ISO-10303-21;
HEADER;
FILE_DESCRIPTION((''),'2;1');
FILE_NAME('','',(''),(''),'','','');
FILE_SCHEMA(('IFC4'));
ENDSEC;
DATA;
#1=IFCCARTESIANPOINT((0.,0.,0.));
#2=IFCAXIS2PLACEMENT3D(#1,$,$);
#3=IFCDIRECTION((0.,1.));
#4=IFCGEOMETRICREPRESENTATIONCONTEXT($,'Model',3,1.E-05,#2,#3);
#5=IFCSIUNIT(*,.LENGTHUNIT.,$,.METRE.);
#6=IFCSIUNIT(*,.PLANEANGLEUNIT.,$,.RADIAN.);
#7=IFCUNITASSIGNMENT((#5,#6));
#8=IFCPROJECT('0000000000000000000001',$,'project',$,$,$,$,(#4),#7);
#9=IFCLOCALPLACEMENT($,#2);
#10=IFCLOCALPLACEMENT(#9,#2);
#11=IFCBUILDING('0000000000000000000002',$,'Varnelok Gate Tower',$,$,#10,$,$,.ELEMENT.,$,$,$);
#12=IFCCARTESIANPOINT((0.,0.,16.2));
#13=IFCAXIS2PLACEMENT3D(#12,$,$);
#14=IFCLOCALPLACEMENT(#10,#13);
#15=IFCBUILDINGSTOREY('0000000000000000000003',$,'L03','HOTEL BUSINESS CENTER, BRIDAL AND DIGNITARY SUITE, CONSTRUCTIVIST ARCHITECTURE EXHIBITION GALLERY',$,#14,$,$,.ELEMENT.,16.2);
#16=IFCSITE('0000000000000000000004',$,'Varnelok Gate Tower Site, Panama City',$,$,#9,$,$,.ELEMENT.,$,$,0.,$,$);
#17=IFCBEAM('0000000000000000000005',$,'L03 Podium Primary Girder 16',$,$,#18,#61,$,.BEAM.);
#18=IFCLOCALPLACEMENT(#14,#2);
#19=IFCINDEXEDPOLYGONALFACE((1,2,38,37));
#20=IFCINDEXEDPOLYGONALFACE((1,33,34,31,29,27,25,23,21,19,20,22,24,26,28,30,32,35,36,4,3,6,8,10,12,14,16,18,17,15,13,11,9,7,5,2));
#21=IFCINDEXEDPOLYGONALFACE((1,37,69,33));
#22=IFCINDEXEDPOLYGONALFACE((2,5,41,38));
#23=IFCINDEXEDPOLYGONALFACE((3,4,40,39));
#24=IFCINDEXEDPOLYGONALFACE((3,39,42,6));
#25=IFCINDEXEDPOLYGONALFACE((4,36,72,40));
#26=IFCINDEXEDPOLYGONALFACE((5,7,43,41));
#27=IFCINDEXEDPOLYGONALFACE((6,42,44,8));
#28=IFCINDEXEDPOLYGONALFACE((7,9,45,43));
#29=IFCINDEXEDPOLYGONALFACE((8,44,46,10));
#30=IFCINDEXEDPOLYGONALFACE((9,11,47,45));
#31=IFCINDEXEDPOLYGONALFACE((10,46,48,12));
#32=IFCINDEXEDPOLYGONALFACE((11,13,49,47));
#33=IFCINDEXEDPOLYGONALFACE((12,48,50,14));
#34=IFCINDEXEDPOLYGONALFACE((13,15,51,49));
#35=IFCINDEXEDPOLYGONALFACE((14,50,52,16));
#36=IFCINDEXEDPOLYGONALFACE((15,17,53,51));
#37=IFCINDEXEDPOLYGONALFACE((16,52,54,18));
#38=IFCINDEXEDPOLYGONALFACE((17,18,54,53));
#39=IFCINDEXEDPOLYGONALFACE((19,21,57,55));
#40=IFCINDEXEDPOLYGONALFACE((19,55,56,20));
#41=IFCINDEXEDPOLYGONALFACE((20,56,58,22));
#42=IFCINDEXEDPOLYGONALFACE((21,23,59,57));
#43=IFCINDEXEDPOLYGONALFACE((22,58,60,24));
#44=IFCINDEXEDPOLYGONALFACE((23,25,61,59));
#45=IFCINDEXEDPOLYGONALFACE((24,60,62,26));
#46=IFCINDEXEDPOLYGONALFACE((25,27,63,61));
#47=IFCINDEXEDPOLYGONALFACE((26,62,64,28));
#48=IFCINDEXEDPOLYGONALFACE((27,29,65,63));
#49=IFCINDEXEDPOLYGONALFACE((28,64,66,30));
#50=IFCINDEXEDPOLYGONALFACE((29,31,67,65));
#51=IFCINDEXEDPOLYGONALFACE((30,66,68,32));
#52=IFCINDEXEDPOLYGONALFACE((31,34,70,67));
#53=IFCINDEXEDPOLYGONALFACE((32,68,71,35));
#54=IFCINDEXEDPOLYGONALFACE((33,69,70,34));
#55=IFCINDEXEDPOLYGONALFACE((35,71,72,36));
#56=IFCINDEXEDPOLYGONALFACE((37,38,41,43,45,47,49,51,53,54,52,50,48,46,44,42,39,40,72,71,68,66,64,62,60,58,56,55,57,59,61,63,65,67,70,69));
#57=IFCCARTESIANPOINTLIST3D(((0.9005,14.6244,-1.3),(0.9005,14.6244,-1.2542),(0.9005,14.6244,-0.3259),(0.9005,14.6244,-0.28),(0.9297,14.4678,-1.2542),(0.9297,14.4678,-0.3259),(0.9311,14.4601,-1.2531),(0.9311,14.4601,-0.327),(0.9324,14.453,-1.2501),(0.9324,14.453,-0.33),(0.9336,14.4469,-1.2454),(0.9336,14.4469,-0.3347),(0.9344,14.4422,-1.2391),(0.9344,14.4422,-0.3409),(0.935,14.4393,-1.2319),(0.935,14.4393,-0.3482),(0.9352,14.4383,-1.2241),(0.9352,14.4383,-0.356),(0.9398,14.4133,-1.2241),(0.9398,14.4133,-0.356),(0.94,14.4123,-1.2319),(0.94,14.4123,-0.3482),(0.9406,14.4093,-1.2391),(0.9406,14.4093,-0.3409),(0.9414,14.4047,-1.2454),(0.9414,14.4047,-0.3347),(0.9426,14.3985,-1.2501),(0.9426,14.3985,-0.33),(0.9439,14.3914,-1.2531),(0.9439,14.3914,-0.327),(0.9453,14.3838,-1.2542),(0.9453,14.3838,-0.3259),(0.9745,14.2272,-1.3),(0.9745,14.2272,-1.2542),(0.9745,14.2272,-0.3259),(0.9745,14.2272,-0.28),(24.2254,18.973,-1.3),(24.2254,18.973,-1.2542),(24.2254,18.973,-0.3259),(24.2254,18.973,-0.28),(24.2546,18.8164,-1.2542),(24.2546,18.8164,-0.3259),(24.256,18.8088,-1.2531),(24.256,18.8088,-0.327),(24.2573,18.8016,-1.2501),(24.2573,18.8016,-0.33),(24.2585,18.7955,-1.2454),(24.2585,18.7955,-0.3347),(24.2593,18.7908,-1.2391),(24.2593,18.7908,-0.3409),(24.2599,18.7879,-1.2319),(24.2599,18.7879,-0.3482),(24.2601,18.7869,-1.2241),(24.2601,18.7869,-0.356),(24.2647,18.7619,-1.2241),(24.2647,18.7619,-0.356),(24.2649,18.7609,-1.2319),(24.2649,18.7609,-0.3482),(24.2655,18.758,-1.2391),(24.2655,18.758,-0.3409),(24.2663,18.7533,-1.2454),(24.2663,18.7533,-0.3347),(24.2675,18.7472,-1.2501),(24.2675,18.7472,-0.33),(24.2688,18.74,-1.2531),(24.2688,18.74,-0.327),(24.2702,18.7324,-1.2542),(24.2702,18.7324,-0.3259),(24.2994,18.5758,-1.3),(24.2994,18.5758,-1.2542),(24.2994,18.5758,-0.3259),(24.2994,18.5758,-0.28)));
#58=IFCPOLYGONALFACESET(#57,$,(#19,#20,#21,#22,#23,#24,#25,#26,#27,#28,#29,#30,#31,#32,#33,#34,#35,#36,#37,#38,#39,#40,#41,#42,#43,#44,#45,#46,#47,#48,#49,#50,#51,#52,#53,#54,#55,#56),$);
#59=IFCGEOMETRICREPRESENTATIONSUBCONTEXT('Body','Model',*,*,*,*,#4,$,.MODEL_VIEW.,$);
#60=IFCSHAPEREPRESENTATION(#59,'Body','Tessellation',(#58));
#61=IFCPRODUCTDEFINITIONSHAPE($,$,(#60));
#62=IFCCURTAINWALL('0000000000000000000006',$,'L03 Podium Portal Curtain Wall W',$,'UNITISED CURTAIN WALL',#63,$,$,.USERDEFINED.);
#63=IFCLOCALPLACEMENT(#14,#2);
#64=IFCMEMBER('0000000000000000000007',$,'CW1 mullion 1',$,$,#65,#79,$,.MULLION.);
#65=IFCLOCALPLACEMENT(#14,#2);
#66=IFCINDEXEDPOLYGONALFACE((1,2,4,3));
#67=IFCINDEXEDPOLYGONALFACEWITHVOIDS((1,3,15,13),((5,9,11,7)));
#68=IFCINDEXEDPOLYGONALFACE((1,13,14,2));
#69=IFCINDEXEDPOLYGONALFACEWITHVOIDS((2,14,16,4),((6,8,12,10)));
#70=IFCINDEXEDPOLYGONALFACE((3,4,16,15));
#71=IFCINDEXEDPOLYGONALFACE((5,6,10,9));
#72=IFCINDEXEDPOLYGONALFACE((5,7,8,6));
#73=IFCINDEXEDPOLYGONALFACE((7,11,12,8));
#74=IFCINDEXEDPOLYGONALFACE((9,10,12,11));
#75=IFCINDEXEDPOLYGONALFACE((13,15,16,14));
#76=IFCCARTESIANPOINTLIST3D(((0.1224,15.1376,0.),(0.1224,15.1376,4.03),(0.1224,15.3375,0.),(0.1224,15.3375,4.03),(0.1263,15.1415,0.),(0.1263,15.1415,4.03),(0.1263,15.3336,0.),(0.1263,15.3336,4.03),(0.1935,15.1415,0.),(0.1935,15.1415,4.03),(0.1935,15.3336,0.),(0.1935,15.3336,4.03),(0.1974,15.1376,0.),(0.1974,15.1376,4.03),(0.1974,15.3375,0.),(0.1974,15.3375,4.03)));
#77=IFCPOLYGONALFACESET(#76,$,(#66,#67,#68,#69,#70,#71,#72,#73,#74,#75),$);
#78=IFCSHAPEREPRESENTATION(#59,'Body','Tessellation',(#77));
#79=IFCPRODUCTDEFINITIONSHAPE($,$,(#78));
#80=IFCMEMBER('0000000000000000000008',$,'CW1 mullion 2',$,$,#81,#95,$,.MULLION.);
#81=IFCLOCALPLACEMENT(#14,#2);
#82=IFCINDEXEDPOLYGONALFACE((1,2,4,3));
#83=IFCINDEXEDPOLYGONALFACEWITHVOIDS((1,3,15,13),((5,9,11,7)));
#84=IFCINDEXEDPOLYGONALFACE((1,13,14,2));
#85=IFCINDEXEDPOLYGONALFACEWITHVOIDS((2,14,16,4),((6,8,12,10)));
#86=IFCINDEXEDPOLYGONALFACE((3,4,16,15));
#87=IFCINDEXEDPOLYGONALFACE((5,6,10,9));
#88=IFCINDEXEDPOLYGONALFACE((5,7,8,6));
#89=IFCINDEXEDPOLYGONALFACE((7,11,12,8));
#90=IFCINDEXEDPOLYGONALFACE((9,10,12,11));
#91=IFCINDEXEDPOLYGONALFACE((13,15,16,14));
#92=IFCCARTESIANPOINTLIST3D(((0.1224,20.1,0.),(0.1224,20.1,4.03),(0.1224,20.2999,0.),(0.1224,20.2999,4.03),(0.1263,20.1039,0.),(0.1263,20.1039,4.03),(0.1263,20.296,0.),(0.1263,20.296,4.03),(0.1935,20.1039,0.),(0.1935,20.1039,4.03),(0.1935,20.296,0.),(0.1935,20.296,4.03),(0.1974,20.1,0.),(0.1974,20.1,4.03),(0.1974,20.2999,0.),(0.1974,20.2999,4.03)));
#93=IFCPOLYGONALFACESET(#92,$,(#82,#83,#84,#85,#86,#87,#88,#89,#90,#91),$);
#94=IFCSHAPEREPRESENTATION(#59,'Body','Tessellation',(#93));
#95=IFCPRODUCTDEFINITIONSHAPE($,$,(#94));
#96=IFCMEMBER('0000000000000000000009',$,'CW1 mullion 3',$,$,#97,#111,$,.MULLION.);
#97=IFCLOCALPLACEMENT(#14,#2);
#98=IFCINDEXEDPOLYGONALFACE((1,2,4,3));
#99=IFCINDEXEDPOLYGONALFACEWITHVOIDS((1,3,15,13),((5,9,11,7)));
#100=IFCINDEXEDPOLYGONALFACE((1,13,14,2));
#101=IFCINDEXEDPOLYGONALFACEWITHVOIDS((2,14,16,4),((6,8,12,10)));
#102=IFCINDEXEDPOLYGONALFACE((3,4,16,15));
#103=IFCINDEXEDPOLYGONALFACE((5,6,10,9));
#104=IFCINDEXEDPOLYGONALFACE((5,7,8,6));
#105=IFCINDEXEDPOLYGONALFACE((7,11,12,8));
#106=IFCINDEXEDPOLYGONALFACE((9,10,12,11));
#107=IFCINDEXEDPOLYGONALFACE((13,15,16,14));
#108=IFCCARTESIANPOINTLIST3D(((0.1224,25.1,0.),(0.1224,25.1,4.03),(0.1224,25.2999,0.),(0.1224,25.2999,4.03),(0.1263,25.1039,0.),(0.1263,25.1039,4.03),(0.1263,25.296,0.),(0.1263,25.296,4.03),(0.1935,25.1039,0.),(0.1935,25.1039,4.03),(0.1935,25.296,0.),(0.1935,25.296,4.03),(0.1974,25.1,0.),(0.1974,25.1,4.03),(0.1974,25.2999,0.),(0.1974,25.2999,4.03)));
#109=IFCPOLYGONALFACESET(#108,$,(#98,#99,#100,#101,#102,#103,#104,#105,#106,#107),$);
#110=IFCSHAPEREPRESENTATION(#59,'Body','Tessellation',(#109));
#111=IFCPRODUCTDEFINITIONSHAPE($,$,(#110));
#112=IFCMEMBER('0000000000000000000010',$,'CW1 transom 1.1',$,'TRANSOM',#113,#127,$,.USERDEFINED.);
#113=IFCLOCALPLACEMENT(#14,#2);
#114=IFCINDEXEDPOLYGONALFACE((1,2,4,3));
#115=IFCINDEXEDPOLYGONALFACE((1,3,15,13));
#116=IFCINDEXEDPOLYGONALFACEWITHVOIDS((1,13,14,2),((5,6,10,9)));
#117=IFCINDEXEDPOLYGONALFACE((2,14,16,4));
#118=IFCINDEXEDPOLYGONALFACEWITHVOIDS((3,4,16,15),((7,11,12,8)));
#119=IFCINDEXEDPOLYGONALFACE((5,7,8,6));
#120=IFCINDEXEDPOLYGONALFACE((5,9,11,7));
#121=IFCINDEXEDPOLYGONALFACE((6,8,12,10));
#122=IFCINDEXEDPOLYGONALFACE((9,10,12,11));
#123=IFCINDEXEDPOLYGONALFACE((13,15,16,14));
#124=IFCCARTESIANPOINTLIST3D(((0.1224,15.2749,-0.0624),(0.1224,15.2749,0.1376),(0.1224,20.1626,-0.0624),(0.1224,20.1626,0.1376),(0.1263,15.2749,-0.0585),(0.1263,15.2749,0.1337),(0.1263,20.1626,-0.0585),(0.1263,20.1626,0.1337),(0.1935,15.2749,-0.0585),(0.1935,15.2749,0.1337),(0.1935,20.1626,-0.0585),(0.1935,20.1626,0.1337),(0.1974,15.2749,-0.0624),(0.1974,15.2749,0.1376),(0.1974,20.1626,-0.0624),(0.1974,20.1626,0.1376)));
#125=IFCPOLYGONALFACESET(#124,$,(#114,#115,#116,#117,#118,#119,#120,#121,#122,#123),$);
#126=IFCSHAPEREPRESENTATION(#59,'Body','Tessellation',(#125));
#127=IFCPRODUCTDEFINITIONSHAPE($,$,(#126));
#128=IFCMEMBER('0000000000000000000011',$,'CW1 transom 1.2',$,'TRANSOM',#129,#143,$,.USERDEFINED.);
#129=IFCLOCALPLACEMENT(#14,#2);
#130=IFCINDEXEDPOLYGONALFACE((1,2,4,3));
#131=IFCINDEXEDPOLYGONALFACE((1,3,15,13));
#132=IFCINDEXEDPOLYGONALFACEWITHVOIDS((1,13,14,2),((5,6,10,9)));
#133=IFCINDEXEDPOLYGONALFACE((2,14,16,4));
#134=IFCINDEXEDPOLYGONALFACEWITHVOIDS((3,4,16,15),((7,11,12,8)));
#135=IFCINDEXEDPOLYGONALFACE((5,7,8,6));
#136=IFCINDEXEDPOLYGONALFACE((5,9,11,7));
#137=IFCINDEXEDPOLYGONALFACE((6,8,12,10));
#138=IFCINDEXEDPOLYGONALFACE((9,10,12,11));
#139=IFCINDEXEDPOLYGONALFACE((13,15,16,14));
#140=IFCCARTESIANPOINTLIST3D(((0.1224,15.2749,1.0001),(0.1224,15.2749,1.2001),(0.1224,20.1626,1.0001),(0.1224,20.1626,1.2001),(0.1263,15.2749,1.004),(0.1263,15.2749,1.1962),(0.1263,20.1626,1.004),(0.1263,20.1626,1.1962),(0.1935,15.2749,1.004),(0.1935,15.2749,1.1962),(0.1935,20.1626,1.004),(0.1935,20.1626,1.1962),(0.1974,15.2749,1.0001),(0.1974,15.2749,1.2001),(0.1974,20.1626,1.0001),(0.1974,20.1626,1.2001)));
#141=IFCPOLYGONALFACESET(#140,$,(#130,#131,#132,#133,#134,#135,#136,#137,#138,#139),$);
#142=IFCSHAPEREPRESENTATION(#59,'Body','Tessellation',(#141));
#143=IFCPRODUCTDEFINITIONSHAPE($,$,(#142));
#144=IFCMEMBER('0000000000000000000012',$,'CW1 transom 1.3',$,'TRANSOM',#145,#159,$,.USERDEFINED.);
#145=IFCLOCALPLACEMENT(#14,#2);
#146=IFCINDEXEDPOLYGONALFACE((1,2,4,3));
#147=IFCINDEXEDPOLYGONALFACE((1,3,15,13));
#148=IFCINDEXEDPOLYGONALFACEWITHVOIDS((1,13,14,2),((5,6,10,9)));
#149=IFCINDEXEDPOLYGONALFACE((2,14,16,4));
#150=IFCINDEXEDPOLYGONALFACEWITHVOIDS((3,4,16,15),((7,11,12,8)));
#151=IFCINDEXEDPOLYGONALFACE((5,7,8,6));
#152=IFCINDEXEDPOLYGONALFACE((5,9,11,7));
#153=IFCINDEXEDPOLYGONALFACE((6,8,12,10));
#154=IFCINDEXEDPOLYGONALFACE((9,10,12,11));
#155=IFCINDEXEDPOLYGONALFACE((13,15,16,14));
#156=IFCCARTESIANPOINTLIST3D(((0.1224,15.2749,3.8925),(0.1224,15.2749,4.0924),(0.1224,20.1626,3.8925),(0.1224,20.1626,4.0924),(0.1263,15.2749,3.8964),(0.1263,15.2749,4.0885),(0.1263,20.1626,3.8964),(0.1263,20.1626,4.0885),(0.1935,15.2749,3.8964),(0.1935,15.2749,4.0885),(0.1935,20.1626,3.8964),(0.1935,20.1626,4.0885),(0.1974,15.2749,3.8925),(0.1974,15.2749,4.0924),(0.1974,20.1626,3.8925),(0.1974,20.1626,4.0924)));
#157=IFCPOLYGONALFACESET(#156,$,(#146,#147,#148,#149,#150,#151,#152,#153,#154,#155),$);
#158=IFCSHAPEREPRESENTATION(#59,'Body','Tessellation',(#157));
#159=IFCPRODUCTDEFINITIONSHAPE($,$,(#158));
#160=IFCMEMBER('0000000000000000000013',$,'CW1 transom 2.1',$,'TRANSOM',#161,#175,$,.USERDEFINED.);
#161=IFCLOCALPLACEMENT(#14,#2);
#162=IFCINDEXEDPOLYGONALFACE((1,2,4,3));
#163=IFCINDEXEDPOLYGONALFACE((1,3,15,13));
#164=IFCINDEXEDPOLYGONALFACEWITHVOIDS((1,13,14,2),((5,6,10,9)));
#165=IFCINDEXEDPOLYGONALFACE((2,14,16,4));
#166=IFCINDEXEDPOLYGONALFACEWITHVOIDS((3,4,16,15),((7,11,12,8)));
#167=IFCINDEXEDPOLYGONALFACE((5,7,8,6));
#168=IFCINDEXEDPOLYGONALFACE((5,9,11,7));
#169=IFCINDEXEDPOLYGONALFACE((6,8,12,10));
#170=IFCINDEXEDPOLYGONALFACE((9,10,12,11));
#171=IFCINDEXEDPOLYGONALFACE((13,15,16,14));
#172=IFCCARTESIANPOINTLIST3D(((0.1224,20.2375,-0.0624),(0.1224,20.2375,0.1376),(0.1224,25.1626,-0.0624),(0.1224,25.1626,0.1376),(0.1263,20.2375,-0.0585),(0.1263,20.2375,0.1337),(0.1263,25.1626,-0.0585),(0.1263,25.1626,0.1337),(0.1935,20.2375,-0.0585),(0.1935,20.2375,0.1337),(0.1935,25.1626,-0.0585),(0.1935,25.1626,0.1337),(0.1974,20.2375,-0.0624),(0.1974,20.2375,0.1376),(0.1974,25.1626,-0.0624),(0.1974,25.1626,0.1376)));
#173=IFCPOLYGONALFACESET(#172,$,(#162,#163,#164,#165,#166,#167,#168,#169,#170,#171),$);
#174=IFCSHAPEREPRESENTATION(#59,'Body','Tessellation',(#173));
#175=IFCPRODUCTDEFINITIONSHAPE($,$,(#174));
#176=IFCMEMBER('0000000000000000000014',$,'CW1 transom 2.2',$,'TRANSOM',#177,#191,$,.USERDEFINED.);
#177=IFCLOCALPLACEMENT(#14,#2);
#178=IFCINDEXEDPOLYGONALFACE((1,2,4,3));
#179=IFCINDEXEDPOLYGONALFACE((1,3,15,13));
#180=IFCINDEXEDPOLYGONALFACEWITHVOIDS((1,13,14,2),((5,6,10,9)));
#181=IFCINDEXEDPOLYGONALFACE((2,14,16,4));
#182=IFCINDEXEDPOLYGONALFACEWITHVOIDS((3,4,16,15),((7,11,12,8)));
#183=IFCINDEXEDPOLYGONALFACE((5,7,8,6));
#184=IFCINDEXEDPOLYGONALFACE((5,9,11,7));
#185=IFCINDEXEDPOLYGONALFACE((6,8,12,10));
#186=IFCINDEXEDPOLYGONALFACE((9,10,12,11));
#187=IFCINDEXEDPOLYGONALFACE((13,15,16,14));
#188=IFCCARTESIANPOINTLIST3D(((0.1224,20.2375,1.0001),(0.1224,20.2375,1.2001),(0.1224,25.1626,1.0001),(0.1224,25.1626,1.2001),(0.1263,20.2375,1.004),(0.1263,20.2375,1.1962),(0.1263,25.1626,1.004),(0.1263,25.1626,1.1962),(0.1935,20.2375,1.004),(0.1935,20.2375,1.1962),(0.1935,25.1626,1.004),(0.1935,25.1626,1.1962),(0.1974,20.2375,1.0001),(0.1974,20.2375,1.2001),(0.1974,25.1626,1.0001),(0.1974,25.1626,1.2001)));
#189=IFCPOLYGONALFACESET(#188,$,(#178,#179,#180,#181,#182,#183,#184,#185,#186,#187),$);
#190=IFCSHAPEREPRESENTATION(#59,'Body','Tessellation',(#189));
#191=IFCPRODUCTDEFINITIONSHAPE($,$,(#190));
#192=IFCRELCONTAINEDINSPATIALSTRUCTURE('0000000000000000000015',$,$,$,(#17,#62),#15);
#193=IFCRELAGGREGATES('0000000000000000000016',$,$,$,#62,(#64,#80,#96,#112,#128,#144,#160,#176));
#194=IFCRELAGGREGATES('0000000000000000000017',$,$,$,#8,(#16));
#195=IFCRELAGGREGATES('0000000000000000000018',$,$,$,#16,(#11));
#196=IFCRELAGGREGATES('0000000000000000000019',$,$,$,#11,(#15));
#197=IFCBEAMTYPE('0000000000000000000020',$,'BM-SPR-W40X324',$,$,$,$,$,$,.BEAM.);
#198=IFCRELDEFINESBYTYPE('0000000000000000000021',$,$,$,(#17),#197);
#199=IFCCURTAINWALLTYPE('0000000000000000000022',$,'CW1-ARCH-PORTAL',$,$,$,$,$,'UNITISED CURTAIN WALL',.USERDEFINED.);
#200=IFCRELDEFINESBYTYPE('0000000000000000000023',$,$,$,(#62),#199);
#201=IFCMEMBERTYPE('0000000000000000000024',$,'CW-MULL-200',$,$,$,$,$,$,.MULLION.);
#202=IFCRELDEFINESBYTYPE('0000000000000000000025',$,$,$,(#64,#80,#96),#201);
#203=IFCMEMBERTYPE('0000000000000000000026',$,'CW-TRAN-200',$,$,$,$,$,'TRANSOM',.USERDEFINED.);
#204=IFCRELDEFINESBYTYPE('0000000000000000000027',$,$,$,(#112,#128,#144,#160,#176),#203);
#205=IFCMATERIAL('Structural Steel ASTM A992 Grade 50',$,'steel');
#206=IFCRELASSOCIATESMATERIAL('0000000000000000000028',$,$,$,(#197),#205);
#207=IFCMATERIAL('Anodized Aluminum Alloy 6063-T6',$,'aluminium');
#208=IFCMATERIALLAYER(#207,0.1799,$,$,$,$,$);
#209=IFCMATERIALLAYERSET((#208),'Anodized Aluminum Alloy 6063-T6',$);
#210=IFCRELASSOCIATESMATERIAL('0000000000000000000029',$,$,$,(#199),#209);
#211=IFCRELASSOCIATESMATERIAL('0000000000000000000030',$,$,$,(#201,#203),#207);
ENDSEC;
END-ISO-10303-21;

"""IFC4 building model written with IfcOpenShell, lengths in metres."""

from ifc_helpers import new_model, si_unit, direction, frame, origin, origin_2d, place, context, subcontext, project, spatial, hollow_rectangle, i_section, extrude, material, layer, layer_set, material_profile, profile_set, type_object, element, aggregate, save


model = new_model("IFC4")

# Units and contexts
model_context = context("Model", 3, precision=1e-05, world=origin(), true_north=direction((0.0, 1.0)))
body_context = subcontext(model_context, "Body", "Model", "MODEL_VIEW")
ifc_project = project(units=[si_unit("LENGTHUNIT", "METRE"), si_unit("PLANEANGLEUNIT", "RADIAN")], contexts=[model_context])

# Site, building, storey
site_placement = place(None, origin())
site = spatial("IfcSite", under=ifc_project, at=site_placement, Name="Varnelok Gate Tower Site, Panama City", CompositionType="ELEMENT", RefElevation=0.0)
building_placement = place(site_placement, origin())
building = spatial("IfcBuilding", under=site, at=building_placement, Name="Varnelok Gate Tower", CompositionType="ELEMENT")
storey_placement = place(building_placement, frame((0.0, 0.0, 16.2)))
storey = spatial("IfcBuildingStorey", under=building, at=storey_placement, Name="L03", Description="HOTEL BUSINESS CENTER, BRIDAL AND DIGNITARY SUITE, CONSTRUCTIVIST ARCHITECTURE EXHIBITION GALLERY", CompositionType="ELEMENT", Elevation=16.2)

# Beam
ifc_material_1 = material(Name="Structural Steel ASTM A992 Grade 50", Category="steel")
ifc_material_profile_1 = material_profile(ifc_material_1, i_section(OverallWidth=0.4041, OverallDepth=1.02, WebThickness=0.0254, FlangeThickness=0.0459, FilletRadius=0.03, at=origin_2d()), Name="W40X324")
ifc_profile_set_1 = profile_set([ifc_material_profile_1], Name="Structural Steel ASTM A992 Grade 50")
beam_type_1 = type_object("IfcBeamType", Name="BM-SPR-W40X324", PredefinedType="BEAM", material=ifc_profile_set_1)
beam_1_placement = place(storey_placement, frame((0.9375, 14.4258, -0.79), z_axis=(0.983061, 0.183279, 0.0), x_axis=(-0.183279, 0.983061, 0.0)))
element("IfcBeam", 1, at=beam_1_placement, inside=storey, type_object=beam_type_1, Name="L03 Podium Primary Girder 16", PredefinedType="BEAM", context=body_context, shape_type="SweptSolid", body=[
    extrude(i_section(OverallWidth=0.4041, OverallDepth=1.02, WebThickness=0.0254, FlangeThickness=0.0459, FilletRadius=0.03, at=origin_2d()), origin(), (0.0, 0.0, 1.0), 23.7268),
])

# Curtain wall, members
ifc_material_2 = material(Name="Anodized Aluminum Alloy 6063-T6", Category="aluminium")
ifc_layer_1 = layer(ifc_material_2, 0.1799)
ifc_layer_set_1 = layer_set([ifc_layer_1], Name="Anodized Aluminum Alloy 6063-T6")
curtain_wall_type = type_object("IfcCurtainWallType", Name="CW1-ARCH-PORTAL", ElementType="UNITISED CURTAIN WALL", PredefinedType="USERDEFINED", material=ifc_layer_set_1)
curtain_wall_placement = place(storey_placement, origin())
curtain_wall = element("IfcCurtainWall", 2, at=curtain_wall_placement, inside=storey, type_object=curtain_wall_type, Name="L03 Podium Portal Curtain Wall W", ObjectType="UNITISED CURTAIN WALL", PredefinedType="USERDEFINED")
ifc_material_profile_2 = material_profile(ifc_material_2, hollow_rectangle(XDim=0.075, YDim=0.2, WallThickness=0.0039, at=origin_2d()), Name="ALU200X75X4")
ifc_profile_set_2 = profile_set([ifc_material_profile_2], Name="Anodized Aluminum Alloy 6063-T6")
member_type_1 = type_object("IfcMemberType", Name="CW-MULL-200", PredefinedType="MULLION", material=ifc_profile_set_2)
member_1_placement = place(storey_placement, frame((0.1599, 15.2375, 0.0), z_axis=(0.0, 0.0, 1.0), x_axis=(-1.0, 0.0, 0.0)))
member_1 = element("IfcMember", 3, at=member_1_placement, type_object=member_type_1, Name="CW1 mullion 1", PredefinedType="MULLION", context=body_context, shape_type="SweptSolid", body=[
    extrude(hollow_rectangle(XDim=0.075, YDim=0.2, WallThickness=0.0039, at=origin_2d()), origin(), (0.0, 0.0, 1.0), 4.03),
])
member_2_placement = place(storey_placement, frame((0.1599, 20.2, 0.0), z_axis=(0.0, 0.0, 1.0), x_axis=(-1.0, 0.0, 0.0)))
member_2 = element("IfcMember", 4, at=member_2_placement, type_object=member_type_1, Name="CW1 mullion 2", PredefinedType="MULLION", context=body_context, shape_type="SweptSolid", body=[
    extrude(hollow_rectangle(XDim=0.075, YDim=0.2, WallThickness=0.0039, at=origin_2d()), origin(), (0.0, 0.0, 1.0), 4.03),
])
member_3_placement = place(storey_placement, frame((0.1599, 25.2, 0.0), z_axis=(0.0, 0.0, 1.0), x_axis=(-1.0, 0.0, 0.0)))
member_3 = element("IfcMember", 5, at=member_3_placement, type_object=member_type_1, Name="CW1 mullion 3", PredefinedType="MULLION", context=body_context, shape_type="SweptSolid", body=[
    extrude(hollow_rectangle(XDim=0.075, YDim=0.2, WallThickness=0.0039, at=origin_2d()), origin(), (0.0, 0.0, 1.0), 4.03),
])
ifc_material_profile_3 = material_profile(ifc_material_2, hollow_rectangle(XDim=0.075, YDim=0.2, WallThickness=0.0039, at=origin_2d()), Name="ALU200X75X4")
ifc_profile_set_3 = profile_set([ifc_material_profile_3], Name="Anodized Aluminum Alloy 6063-T6")
member_type_2 = type_object("IfcMemberType", Name="CW-TRAN-200", ElementType="TRANSOM", PredefinedType="USERDEFINED", material=ifc_profile_set_3)
member_4_placement = place(storey_placement, frame((0.1599, 15.2749, 0.0376), z_axis=(0.0, 1.0, 0.0), x_axis=(-1.0, 0.0, 0.0)))
member_4 = element("IfcMember", 6, at=member_4_placement, type_object=member_type_2, Name="CW1 transom 1.1", ObjectType="TRANSOM", PredefinedType="USERDEFINED", context=body_context, shape_type="SweptSolid", body=[
    extrude(hollow_rectangle(XDim=0.075, YDim=0.2, WallThickness=0.0039, at=origin_2d()), origin(), (0.0, 0.0, 1.0), 4.8877),
])
member_5_placement = place(storey_placement, frame((0.1599, 15.2749, 1.1001), z_axis=(0.0, 1.0, 0.0), x_axis=(-1.0, 0.0, 0.0)))
member_5 = element("IfcMember", 7, at=member_5_placement, type_object=member_type_2, Name="CW1 transom 1.2", ObjectType="TRANSOM", PredefinedType="USERDEFINED", context=body_context, shape_type="SweptSolid", body=[
    extrude(hollow_rectangle(XDim=0.075, YDim=0.2, WallThickness=0.0039, at=origin_2d()), origin(), (0.0, 0.0, 1.0), 4.8877),
])
member_6_placement = place(storey_placement, frame((0.1599, 15.2749, 3.9924), z_axis=(0.0, 1.0, 0.0), x_axis=(-1.0, 0.0, 0.0)))
member_6 = element("IfcMember", 8, at=member_6_placement, type_object=member_type_2, Name="CW1 transom 1.3", ObjectType="TRANSOM", PredefinedType="USERDEFINED", context=body_context, shape_type="SweptSolid", body=[
    extrude(hollow_rectangle(XDim=0.075, YDim=0.2, WallThickness=0.0039, at=origin_2d()), origin(), (0.0, 0.0, 1.0), 4.8877),
])
member_7_placement = place(storey_placement, frame((0.1599, 20.2375, 0.0376), z_axis=(0.0, 1.0, 0.0), x_axis=(-1.0, 0.0, 0.0)))
member_7 = element("IfcMember", 9, at=member_7_placement, type_object=member_type_2, Name="CW1 transom 2.1", ObjectType="TRANSOM", PredefinedType="USERDEFINED", context=body_context, shape_type="SweptSolid", body=[
    extrude(hollow_rectangle(XDim=0.075, YDim=0.2, WallThickness=0.0039, at=origin_2d()), origin(), (0.0, 0.0, 1.0), 4.925),
])
member_8_placement = place(storey_placement, frame((0.1599, 20.2375, 1.1001), z_axis=(0.0, 1.0, 0.0), x_axis=(-1.0, 0.0, 0.0)))
member_8 = element("IfcMember", 10, at=member_8_placement, type_object=member_type_2, Name="CW1 transom 2.2", ObjectType="TRANSOM", PredefinedType="USERDEFINED", context=body_context, shape_type="SweptSolid", body=[
    extrude(hollow_rectangle(XDim=0.075, YDim=0.2, WallThickness=0.0039, at=origin_2d()), origin(), (0.0, 0.0, 1.0), 4.925),
])

aggregate(curtain_wall, [member_1, member_2, member_3, member_4, member_5, member_6, member_7, member_8])

save(model, "model.ifc")
